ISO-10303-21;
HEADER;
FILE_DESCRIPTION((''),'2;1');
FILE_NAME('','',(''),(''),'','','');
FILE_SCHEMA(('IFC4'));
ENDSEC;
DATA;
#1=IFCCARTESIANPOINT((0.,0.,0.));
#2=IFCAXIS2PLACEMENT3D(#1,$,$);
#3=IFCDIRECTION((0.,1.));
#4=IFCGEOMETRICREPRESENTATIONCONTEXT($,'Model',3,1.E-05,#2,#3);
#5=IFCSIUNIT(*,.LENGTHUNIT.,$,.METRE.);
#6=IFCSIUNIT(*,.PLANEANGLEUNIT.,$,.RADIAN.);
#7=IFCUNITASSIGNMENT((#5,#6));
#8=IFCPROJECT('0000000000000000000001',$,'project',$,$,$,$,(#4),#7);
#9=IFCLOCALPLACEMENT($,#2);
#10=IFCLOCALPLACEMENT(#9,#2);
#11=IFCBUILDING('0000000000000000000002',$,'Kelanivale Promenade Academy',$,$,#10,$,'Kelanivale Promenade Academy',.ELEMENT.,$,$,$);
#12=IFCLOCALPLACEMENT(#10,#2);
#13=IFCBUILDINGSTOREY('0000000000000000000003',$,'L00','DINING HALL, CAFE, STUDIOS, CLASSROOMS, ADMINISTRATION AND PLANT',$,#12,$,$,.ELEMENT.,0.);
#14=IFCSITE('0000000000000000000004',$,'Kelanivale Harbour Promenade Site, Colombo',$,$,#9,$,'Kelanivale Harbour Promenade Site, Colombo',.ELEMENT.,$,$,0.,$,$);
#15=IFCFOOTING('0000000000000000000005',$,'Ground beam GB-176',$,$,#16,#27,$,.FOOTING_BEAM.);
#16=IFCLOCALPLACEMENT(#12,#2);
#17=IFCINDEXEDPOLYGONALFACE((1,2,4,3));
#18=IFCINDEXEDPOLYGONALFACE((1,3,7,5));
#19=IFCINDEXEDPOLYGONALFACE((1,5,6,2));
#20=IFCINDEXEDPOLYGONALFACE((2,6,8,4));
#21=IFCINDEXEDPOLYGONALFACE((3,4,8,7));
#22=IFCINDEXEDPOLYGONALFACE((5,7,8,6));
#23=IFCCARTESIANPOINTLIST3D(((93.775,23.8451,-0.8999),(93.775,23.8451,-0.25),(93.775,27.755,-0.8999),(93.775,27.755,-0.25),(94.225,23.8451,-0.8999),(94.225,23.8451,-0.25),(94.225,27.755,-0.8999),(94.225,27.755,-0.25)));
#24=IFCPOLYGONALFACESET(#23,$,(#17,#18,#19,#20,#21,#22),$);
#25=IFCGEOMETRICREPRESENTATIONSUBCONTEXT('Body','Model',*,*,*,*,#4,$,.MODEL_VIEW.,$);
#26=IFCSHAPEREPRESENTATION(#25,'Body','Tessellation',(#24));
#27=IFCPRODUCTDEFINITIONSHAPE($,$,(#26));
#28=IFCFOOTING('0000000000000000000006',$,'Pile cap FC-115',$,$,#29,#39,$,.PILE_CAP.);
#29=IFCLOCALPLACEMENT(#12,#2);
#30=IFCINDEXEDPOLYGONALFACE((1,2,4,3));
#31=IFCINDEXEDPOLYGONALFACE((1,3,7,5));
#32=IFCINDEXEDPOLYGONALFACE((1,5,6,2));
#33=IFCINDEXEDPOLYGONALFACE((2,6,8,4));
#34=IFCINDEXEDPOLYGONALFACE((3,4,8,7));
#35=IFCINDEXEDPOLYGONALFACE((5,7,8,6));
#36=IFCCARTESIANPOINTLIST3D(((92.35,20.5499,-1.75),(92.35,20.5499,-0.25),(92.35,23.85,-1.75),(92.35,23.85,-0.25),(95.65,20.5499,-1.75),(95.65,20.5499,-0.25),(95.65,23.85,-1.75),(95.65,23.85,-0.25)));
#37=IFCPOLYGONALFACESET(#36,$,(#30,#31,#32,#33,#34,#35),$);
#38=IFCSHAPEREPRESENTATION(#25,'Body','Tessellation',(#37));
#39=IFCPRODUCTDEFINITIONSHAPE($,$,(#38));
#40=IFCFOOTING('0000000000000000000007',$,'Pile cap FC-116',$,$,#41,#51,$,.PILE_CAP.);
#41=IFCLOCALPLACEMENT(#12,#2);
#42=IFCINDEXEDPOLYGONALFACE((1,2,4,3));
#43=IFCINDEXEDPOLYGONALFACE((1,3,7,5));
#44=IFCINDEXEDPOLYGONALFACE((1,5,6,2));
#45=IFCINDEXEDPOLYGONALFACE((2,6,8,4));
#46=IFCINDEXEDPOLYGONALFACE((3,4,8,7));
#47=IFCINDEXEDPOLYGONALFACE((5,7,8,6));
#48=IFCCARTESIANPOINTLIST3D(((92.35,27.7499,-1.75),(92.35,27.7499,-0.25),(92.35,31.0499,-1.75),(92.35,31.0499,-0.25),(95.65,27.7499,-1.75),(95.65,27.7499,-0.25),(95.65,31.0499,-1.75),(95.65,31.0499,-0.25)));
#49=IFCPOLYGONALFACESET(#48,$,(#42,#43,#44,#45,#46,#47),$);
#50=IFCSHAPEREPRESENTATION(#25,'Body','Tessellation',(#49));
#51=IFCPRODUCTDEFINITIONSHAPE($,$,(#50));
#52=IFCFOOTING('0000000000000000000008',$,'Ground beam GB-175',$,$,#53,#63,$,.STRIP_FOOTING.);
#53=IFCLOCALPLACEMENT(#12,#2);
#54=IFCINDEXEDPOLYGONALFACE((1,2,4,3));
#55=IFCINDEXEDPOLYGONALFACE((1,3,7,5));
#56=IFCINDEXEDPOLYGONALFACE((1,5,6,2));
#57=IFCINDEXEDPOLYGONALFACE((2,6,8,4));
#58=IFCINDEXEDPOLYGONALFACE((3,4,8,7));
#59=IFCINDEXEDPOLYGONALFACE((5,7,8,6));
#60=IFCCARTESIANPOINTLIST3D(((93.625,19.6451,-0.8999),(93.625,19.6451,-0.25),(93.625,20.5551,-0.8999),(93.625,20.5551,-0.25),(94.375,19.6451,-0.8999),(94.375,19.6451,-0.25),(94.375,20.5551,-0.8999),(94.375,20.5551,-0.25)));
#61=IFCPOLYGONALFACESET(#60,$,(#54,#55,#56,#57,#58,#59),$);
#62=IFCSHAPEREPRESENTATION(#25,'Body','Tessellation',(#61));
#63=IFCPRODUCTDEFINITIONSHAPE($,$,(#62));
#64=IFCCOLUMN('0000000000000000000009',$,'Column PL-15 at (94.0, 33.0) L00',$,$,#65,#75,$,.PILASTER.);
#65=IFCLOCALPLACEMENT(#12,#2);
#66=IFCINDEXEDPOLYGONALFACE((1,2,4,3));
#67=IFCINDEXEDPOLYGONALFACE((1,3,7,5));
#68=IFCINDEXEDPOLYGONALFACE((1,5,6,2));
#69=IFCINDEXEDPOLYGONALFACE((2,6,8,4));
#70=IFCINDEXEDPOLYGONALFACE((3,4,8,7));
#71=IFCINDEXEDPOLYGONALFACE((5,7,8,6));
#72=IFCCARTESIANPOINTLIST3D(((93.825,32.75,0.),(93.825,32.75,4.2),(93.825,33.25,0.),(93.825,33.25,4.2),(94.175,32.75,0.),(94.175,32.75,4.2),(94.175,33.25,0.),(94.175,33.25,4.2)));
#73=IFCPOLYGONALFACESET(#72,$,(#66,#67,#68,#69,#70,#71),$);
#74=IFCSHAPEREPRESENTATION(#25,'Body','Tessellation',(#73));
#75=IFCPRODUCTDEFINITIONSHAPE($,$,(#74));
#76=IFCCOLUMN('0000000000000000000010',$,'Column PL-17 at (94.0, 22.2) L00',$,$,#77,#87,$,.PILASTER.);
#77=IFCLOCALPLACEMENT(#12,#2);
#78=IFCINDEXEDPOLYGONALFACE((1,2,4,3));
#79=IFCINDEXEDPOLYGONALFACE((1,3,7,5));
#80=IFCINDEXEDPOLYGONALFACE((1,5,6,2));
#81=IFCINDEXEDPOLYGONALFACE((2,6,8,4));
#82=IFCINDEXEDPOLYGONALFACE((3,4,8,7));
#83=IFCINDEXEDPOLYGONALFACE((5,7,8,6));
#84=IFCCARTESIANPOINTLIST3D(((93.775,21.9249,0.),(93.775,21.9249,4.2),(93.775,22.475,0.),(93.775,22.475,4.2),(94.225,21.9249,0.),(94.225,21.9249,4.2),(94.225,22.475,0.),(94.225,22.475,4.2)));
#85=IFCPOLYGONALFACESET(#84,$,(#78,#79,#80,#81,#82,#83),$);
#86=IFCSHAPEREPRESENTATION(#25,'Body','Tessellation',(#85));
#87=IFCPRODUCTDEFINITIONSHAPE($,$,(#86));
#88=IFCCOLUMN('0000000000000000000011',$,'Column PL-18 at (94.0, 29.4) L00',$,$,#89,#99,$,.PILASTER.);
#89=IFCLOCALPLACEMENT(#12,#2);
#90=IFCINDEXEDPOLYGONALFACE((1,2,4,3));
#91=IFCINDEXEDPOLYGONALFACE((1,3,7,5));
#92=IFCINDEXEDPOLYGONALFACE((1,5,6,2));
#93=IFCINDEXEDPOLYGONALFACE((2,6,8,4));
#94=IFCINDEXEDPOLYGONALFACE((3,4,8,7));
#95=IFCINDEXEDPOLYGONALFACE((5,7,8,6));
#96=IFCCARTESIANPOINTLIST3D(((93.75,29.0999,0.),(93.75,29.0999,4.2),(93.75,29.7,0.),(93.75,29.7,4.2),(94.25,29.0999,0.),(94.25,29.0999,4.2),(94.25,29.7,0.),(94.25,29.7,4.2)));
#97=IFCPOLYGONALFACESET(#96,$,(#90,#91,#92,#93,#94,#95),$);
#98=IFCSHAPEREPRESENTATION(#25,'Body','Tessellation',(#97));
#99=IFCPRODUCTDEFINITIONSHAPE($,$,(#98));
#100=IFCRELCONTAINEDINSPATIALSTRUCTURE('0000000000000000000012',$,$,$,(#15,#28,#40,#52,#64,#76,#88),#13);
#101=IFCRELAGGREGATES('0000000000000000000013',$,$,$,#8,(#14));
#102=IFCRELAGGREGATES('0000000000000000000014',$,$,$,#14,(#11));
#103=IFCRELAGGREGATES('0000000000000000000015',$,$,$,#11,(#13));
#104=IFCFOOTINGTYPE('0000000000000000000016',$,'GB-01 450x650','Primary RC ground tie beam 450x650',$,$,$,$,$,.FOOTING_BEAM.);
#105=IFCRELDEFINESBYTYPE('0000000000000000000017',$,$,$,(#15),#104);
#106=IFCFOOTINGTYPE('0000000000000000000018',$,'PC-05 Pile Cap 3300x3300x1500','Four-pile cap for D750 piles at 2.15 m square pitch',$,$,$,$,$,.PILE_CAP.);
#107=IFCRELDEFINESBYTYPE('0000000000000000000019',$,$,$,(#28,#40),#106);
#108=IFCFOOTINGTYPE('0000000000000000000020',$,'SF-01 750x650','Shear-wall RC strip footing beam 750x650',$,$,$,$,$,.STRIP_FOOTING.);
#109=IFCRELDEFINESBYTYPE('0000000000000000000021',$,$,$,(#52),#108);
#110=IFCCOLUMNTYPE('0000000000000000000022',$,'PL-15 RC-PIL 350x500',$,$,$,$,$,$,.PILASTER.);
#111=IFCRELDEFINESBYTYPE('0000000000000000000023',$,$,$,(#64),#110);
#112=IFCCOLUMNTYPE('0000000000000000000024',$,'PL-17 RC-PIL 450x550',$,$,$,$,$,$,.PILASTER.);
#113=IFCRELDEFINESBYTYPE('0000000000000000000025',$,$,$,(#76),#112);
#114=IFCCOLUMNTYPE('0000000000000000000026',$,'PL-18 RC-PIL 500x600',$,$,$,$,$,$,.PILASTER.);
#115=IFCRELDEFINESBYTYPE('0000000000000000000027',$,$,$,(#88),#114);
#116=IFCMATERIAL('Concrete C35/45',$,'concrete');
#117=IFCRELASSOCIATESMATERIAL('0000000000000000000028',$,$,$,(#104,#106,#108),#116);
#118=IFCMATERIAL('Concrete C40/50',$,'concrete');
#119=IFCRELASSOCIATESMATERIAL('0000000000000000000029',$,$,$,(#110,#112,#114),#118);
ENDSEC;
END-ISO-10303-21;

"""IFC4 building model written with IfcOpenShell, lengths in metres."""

from ifc_helpers import new_model, si_unit, direction, frame, origin, origin_2d, place, context, subcontext, project, spatial, rectangle, extrude, material, material_profile, profile_set, type_object, element, save


model = new_model("IFC4")

# Units and contexts
model_context = context("Model", 3, precision=1e-05, world=origin(), true_north=direction((0.0, 1.0)))
body_context = subcontext(model_context, "Body", "Model", "MODEL_VIEW")
ifc_project = project(units=[si_unit("LENGTHUNIT", "METRE"), si_unit("PLANEANGLEUNIT", "RADIAN")], contexts=[model_context])

# Site, building, storey
site_placement = place(None, origin())
site = spatial("IfcSite", under=ifc_project, at=site_placement, Name="Kelanivale Harbour Promenade Site, Colombo", LongName="Kelanivale Harbour Promenade Site, Colombo", CompositionType="ELEMENT", RefElevation=0.0)
building_placement = place(site_placement, origin())
building = spatial("IfcBuilding", under=site, at=building_placement, Name="Kelanivale Promenade Academy", LongName="Kelanivale Promenade Academy", CompositionType="ELEMENT")
storey_placement = place(building_placement, origin())
storey = spatial("IfcBuildingStorey", under=building, at=storey_placement, Name="L00", Description="DINING HALL, CAFE, STUDIOS, CLASSROOMS, ADMINISTRATION AND PLANT", CompositionType="ELEMENT", Elevation=0.0)

# Shared definitions
ifc_material_1 = material(Name="Concrete C35/45", Category="concrete")

# Footings
footing_type_1 = type_object("IfcFootingType", Name="GB-01 450x650", Description="Primary RC ground tie beam 450x650", PredefinedType="FOOTING_BEAM", material=ifc_material_1)
footing_1_placement = place(storey_placement, frame((94.0, 25.8, -0.8999), z_axis=(0.0, 0.0, 1.0), x_axis=(0.0, 1.0, 0.0)))
element("IfcFooting", 1, at=footing_1_placement, inside=storey, type_object=footing_type_1, Name="Ground beam GB-176", PredefinedType="FOOTING_BEAM", context=body_context, shape_type="SweptSolid", body=[
    extrude(rectangle(XDim=3.9099, YDim=0.45, at=origin_2d()), origin(), (0.0, 0.0, 1.0), 0.6499),
])
footing_type_2 = type_object("IfcFootingType", Name="PC-05 Pile Cap 3300x3300x1500", Description="Four-pile cap for D750 piles at 2.15 m square pitch", PredefinedType="PILE_CAP", material=ifc_material_1)
for number, where, z_axis, x_axis, name in (
    (2, (94.0, 22.2, -1.75), (0.0, 0.0, 1.0), (1.0, 0.0, 0.0), "Pile cap FC-115"),
    (3, (94.0, 29.3999, -1.75), (0.0, 0.0, 1.0), (1.0, 0.0, 0.0), "Pile cap FC-116"),
):
    element("IfcFooting", number, at=place(storey_placement, frame(where, z_axis=z_axis, x_axis=x_axis)), inside=storey, type_object=footing_type_2, Name=name, PredefinedType="PILE_CAP", context=body_context, shape_type="SweptSolid", body=[
        extrude(rectangle(XDim=3.3, YDim=3.3, at=origin_2d()), origin(), (0.0, 0.0, 1.0), 1.5),
    ])
footing_type_3 = type_object("IfcFootingType", Name="SF-01 750x650", Description="Shear-wall RC strip footing beam 750x650", PredefinedType="STRIP_FOOTING", material=ifc_material_1)
footing_2_placement = place(storey_placement, frame((94.0, 20.1001, -0.8999), z_axis=(0.0, 0.0, 1.0), x_axis=(0.0, 1.0, 0.0)))
element("IfcFooting", 4, at=footing_2_placement, inside=storey, type_object=footing_type_3, Name="Ground beam GB-175", PredefinedType="STRIP_FOOTING", context=body_context, shape_type="SweptSolid", body=[
    extrude(rectangle(XDim=0.9099, YDim=0.75, at=origin_2d()), origin(), (0.0, 0.0, 1.0), 0.6499),
])

# Columns
ifc_material_2 = material(Name="Concrete C40/50", Category="concrete")
ifc_material_profile_1 = material_profile(ifc_material_2, rectangle(XDim=0.3501, YDim=0.5, at=origin_2d()), Name="RC-PIL 350x500")
ifc_profile_set_1 = profile_set([ifc_material_profile_1], Name="Concrete C40/50")
column_type_1 = type_object("IfcColumnType", Name="PL-15 RC-PIL 350x500", PredefinedType="PILASTER", material=ifc_profile_set_1)
column_1_placement = place(storey_placement, frame((94.0, 33.0, 0.0), z_axis=(0.0, 0.0, 1.0), x_axis=(1.0, 0.0, 0.0)))
element("IfcColumn", 5, at=column_1_placement, inside=storey, type_object=column_type_1, Name="Column PL-15 at (94.0, 33.0) L00", PredefinedType="PILASTER", context=body_context, shape_type="SweptSolid", body=[
    extrude(rectangle(XDim=0.3501, YDim=0.5, at=origin_2d()), origin(), (0.0, 0.0, 1.0), 4.2),
])
ifc_material_profile_2 = material_profile(ifc_material_2, rectangle(XDim=0.45, YDim=0.55, at=origin_2d()), Name="RC-PIL 450x550")
ifc_profile_set_2 = profile_set([ifc_material_profile_2], Name="Concrete C40/50")
column_type_2 = type_object("IfcColumnType", Name="PL-17 RC-PIL 450x550", PredefinedType="PILASTER", material=ifc_profile_set_2)
column_2_placement = place(storey_placement, frame((94.0, 22.2, 0.0), z_axis=(0.0, 0.0, 1.0), x_axis=(1.0, 0.0, 0.0)))
element("IfcColumn", 6, at=column_2_placement, inside=storey, type_object=column_type_2, Name="Column PL-17 at (94.0, 22.2) L00", PredefinedType="PILASTER", context=body_context, shape_type="SweptSolid", body=[
    extrude(rectangle(XDim=0.45, YDim=0.55, at=origin_2d()), origin(), (0.0, 0.0, 1.0), 4.2),
])
ifc_material_profile_3 = material_profile(ifc_material_2, rectangle(XDim=0.5, YDim=0.6001, at=origin_2d()), Name="RC-PIL 500x600")
ifc_profile_set_3 = profile_set([ifc_material_profile_3], Name="Concrete C40/50")
column_type_3 = type_object("IfcColumnType", Name="PL-18 RC-PIL 500x600", PredefinedType="PILASTER", material=ifc_profile_set_3)
column_3_placement = place(storey_placement, frame((94.0, 29.3999, 0.0), z_axis=(0.0, 0.0, 1.0), x_axis=(1.0, 0.0, 0.0)))
element("IfcColumn", 7, at=column_3_placement, inside=storey, type_object=column_type_3, Name="Column PL-18 at (94.0, 29.4) L00", PredefinedType="PILASTER", context=body_context, shape_type="SweptSolid", body=[
    extrude(rectangle(XDim=0.5, YDim=0.6001, at=origin_2d()), origin(), (0.0, 0.0, 1.0), 4.2),
])

save(model, "model.ifc")
